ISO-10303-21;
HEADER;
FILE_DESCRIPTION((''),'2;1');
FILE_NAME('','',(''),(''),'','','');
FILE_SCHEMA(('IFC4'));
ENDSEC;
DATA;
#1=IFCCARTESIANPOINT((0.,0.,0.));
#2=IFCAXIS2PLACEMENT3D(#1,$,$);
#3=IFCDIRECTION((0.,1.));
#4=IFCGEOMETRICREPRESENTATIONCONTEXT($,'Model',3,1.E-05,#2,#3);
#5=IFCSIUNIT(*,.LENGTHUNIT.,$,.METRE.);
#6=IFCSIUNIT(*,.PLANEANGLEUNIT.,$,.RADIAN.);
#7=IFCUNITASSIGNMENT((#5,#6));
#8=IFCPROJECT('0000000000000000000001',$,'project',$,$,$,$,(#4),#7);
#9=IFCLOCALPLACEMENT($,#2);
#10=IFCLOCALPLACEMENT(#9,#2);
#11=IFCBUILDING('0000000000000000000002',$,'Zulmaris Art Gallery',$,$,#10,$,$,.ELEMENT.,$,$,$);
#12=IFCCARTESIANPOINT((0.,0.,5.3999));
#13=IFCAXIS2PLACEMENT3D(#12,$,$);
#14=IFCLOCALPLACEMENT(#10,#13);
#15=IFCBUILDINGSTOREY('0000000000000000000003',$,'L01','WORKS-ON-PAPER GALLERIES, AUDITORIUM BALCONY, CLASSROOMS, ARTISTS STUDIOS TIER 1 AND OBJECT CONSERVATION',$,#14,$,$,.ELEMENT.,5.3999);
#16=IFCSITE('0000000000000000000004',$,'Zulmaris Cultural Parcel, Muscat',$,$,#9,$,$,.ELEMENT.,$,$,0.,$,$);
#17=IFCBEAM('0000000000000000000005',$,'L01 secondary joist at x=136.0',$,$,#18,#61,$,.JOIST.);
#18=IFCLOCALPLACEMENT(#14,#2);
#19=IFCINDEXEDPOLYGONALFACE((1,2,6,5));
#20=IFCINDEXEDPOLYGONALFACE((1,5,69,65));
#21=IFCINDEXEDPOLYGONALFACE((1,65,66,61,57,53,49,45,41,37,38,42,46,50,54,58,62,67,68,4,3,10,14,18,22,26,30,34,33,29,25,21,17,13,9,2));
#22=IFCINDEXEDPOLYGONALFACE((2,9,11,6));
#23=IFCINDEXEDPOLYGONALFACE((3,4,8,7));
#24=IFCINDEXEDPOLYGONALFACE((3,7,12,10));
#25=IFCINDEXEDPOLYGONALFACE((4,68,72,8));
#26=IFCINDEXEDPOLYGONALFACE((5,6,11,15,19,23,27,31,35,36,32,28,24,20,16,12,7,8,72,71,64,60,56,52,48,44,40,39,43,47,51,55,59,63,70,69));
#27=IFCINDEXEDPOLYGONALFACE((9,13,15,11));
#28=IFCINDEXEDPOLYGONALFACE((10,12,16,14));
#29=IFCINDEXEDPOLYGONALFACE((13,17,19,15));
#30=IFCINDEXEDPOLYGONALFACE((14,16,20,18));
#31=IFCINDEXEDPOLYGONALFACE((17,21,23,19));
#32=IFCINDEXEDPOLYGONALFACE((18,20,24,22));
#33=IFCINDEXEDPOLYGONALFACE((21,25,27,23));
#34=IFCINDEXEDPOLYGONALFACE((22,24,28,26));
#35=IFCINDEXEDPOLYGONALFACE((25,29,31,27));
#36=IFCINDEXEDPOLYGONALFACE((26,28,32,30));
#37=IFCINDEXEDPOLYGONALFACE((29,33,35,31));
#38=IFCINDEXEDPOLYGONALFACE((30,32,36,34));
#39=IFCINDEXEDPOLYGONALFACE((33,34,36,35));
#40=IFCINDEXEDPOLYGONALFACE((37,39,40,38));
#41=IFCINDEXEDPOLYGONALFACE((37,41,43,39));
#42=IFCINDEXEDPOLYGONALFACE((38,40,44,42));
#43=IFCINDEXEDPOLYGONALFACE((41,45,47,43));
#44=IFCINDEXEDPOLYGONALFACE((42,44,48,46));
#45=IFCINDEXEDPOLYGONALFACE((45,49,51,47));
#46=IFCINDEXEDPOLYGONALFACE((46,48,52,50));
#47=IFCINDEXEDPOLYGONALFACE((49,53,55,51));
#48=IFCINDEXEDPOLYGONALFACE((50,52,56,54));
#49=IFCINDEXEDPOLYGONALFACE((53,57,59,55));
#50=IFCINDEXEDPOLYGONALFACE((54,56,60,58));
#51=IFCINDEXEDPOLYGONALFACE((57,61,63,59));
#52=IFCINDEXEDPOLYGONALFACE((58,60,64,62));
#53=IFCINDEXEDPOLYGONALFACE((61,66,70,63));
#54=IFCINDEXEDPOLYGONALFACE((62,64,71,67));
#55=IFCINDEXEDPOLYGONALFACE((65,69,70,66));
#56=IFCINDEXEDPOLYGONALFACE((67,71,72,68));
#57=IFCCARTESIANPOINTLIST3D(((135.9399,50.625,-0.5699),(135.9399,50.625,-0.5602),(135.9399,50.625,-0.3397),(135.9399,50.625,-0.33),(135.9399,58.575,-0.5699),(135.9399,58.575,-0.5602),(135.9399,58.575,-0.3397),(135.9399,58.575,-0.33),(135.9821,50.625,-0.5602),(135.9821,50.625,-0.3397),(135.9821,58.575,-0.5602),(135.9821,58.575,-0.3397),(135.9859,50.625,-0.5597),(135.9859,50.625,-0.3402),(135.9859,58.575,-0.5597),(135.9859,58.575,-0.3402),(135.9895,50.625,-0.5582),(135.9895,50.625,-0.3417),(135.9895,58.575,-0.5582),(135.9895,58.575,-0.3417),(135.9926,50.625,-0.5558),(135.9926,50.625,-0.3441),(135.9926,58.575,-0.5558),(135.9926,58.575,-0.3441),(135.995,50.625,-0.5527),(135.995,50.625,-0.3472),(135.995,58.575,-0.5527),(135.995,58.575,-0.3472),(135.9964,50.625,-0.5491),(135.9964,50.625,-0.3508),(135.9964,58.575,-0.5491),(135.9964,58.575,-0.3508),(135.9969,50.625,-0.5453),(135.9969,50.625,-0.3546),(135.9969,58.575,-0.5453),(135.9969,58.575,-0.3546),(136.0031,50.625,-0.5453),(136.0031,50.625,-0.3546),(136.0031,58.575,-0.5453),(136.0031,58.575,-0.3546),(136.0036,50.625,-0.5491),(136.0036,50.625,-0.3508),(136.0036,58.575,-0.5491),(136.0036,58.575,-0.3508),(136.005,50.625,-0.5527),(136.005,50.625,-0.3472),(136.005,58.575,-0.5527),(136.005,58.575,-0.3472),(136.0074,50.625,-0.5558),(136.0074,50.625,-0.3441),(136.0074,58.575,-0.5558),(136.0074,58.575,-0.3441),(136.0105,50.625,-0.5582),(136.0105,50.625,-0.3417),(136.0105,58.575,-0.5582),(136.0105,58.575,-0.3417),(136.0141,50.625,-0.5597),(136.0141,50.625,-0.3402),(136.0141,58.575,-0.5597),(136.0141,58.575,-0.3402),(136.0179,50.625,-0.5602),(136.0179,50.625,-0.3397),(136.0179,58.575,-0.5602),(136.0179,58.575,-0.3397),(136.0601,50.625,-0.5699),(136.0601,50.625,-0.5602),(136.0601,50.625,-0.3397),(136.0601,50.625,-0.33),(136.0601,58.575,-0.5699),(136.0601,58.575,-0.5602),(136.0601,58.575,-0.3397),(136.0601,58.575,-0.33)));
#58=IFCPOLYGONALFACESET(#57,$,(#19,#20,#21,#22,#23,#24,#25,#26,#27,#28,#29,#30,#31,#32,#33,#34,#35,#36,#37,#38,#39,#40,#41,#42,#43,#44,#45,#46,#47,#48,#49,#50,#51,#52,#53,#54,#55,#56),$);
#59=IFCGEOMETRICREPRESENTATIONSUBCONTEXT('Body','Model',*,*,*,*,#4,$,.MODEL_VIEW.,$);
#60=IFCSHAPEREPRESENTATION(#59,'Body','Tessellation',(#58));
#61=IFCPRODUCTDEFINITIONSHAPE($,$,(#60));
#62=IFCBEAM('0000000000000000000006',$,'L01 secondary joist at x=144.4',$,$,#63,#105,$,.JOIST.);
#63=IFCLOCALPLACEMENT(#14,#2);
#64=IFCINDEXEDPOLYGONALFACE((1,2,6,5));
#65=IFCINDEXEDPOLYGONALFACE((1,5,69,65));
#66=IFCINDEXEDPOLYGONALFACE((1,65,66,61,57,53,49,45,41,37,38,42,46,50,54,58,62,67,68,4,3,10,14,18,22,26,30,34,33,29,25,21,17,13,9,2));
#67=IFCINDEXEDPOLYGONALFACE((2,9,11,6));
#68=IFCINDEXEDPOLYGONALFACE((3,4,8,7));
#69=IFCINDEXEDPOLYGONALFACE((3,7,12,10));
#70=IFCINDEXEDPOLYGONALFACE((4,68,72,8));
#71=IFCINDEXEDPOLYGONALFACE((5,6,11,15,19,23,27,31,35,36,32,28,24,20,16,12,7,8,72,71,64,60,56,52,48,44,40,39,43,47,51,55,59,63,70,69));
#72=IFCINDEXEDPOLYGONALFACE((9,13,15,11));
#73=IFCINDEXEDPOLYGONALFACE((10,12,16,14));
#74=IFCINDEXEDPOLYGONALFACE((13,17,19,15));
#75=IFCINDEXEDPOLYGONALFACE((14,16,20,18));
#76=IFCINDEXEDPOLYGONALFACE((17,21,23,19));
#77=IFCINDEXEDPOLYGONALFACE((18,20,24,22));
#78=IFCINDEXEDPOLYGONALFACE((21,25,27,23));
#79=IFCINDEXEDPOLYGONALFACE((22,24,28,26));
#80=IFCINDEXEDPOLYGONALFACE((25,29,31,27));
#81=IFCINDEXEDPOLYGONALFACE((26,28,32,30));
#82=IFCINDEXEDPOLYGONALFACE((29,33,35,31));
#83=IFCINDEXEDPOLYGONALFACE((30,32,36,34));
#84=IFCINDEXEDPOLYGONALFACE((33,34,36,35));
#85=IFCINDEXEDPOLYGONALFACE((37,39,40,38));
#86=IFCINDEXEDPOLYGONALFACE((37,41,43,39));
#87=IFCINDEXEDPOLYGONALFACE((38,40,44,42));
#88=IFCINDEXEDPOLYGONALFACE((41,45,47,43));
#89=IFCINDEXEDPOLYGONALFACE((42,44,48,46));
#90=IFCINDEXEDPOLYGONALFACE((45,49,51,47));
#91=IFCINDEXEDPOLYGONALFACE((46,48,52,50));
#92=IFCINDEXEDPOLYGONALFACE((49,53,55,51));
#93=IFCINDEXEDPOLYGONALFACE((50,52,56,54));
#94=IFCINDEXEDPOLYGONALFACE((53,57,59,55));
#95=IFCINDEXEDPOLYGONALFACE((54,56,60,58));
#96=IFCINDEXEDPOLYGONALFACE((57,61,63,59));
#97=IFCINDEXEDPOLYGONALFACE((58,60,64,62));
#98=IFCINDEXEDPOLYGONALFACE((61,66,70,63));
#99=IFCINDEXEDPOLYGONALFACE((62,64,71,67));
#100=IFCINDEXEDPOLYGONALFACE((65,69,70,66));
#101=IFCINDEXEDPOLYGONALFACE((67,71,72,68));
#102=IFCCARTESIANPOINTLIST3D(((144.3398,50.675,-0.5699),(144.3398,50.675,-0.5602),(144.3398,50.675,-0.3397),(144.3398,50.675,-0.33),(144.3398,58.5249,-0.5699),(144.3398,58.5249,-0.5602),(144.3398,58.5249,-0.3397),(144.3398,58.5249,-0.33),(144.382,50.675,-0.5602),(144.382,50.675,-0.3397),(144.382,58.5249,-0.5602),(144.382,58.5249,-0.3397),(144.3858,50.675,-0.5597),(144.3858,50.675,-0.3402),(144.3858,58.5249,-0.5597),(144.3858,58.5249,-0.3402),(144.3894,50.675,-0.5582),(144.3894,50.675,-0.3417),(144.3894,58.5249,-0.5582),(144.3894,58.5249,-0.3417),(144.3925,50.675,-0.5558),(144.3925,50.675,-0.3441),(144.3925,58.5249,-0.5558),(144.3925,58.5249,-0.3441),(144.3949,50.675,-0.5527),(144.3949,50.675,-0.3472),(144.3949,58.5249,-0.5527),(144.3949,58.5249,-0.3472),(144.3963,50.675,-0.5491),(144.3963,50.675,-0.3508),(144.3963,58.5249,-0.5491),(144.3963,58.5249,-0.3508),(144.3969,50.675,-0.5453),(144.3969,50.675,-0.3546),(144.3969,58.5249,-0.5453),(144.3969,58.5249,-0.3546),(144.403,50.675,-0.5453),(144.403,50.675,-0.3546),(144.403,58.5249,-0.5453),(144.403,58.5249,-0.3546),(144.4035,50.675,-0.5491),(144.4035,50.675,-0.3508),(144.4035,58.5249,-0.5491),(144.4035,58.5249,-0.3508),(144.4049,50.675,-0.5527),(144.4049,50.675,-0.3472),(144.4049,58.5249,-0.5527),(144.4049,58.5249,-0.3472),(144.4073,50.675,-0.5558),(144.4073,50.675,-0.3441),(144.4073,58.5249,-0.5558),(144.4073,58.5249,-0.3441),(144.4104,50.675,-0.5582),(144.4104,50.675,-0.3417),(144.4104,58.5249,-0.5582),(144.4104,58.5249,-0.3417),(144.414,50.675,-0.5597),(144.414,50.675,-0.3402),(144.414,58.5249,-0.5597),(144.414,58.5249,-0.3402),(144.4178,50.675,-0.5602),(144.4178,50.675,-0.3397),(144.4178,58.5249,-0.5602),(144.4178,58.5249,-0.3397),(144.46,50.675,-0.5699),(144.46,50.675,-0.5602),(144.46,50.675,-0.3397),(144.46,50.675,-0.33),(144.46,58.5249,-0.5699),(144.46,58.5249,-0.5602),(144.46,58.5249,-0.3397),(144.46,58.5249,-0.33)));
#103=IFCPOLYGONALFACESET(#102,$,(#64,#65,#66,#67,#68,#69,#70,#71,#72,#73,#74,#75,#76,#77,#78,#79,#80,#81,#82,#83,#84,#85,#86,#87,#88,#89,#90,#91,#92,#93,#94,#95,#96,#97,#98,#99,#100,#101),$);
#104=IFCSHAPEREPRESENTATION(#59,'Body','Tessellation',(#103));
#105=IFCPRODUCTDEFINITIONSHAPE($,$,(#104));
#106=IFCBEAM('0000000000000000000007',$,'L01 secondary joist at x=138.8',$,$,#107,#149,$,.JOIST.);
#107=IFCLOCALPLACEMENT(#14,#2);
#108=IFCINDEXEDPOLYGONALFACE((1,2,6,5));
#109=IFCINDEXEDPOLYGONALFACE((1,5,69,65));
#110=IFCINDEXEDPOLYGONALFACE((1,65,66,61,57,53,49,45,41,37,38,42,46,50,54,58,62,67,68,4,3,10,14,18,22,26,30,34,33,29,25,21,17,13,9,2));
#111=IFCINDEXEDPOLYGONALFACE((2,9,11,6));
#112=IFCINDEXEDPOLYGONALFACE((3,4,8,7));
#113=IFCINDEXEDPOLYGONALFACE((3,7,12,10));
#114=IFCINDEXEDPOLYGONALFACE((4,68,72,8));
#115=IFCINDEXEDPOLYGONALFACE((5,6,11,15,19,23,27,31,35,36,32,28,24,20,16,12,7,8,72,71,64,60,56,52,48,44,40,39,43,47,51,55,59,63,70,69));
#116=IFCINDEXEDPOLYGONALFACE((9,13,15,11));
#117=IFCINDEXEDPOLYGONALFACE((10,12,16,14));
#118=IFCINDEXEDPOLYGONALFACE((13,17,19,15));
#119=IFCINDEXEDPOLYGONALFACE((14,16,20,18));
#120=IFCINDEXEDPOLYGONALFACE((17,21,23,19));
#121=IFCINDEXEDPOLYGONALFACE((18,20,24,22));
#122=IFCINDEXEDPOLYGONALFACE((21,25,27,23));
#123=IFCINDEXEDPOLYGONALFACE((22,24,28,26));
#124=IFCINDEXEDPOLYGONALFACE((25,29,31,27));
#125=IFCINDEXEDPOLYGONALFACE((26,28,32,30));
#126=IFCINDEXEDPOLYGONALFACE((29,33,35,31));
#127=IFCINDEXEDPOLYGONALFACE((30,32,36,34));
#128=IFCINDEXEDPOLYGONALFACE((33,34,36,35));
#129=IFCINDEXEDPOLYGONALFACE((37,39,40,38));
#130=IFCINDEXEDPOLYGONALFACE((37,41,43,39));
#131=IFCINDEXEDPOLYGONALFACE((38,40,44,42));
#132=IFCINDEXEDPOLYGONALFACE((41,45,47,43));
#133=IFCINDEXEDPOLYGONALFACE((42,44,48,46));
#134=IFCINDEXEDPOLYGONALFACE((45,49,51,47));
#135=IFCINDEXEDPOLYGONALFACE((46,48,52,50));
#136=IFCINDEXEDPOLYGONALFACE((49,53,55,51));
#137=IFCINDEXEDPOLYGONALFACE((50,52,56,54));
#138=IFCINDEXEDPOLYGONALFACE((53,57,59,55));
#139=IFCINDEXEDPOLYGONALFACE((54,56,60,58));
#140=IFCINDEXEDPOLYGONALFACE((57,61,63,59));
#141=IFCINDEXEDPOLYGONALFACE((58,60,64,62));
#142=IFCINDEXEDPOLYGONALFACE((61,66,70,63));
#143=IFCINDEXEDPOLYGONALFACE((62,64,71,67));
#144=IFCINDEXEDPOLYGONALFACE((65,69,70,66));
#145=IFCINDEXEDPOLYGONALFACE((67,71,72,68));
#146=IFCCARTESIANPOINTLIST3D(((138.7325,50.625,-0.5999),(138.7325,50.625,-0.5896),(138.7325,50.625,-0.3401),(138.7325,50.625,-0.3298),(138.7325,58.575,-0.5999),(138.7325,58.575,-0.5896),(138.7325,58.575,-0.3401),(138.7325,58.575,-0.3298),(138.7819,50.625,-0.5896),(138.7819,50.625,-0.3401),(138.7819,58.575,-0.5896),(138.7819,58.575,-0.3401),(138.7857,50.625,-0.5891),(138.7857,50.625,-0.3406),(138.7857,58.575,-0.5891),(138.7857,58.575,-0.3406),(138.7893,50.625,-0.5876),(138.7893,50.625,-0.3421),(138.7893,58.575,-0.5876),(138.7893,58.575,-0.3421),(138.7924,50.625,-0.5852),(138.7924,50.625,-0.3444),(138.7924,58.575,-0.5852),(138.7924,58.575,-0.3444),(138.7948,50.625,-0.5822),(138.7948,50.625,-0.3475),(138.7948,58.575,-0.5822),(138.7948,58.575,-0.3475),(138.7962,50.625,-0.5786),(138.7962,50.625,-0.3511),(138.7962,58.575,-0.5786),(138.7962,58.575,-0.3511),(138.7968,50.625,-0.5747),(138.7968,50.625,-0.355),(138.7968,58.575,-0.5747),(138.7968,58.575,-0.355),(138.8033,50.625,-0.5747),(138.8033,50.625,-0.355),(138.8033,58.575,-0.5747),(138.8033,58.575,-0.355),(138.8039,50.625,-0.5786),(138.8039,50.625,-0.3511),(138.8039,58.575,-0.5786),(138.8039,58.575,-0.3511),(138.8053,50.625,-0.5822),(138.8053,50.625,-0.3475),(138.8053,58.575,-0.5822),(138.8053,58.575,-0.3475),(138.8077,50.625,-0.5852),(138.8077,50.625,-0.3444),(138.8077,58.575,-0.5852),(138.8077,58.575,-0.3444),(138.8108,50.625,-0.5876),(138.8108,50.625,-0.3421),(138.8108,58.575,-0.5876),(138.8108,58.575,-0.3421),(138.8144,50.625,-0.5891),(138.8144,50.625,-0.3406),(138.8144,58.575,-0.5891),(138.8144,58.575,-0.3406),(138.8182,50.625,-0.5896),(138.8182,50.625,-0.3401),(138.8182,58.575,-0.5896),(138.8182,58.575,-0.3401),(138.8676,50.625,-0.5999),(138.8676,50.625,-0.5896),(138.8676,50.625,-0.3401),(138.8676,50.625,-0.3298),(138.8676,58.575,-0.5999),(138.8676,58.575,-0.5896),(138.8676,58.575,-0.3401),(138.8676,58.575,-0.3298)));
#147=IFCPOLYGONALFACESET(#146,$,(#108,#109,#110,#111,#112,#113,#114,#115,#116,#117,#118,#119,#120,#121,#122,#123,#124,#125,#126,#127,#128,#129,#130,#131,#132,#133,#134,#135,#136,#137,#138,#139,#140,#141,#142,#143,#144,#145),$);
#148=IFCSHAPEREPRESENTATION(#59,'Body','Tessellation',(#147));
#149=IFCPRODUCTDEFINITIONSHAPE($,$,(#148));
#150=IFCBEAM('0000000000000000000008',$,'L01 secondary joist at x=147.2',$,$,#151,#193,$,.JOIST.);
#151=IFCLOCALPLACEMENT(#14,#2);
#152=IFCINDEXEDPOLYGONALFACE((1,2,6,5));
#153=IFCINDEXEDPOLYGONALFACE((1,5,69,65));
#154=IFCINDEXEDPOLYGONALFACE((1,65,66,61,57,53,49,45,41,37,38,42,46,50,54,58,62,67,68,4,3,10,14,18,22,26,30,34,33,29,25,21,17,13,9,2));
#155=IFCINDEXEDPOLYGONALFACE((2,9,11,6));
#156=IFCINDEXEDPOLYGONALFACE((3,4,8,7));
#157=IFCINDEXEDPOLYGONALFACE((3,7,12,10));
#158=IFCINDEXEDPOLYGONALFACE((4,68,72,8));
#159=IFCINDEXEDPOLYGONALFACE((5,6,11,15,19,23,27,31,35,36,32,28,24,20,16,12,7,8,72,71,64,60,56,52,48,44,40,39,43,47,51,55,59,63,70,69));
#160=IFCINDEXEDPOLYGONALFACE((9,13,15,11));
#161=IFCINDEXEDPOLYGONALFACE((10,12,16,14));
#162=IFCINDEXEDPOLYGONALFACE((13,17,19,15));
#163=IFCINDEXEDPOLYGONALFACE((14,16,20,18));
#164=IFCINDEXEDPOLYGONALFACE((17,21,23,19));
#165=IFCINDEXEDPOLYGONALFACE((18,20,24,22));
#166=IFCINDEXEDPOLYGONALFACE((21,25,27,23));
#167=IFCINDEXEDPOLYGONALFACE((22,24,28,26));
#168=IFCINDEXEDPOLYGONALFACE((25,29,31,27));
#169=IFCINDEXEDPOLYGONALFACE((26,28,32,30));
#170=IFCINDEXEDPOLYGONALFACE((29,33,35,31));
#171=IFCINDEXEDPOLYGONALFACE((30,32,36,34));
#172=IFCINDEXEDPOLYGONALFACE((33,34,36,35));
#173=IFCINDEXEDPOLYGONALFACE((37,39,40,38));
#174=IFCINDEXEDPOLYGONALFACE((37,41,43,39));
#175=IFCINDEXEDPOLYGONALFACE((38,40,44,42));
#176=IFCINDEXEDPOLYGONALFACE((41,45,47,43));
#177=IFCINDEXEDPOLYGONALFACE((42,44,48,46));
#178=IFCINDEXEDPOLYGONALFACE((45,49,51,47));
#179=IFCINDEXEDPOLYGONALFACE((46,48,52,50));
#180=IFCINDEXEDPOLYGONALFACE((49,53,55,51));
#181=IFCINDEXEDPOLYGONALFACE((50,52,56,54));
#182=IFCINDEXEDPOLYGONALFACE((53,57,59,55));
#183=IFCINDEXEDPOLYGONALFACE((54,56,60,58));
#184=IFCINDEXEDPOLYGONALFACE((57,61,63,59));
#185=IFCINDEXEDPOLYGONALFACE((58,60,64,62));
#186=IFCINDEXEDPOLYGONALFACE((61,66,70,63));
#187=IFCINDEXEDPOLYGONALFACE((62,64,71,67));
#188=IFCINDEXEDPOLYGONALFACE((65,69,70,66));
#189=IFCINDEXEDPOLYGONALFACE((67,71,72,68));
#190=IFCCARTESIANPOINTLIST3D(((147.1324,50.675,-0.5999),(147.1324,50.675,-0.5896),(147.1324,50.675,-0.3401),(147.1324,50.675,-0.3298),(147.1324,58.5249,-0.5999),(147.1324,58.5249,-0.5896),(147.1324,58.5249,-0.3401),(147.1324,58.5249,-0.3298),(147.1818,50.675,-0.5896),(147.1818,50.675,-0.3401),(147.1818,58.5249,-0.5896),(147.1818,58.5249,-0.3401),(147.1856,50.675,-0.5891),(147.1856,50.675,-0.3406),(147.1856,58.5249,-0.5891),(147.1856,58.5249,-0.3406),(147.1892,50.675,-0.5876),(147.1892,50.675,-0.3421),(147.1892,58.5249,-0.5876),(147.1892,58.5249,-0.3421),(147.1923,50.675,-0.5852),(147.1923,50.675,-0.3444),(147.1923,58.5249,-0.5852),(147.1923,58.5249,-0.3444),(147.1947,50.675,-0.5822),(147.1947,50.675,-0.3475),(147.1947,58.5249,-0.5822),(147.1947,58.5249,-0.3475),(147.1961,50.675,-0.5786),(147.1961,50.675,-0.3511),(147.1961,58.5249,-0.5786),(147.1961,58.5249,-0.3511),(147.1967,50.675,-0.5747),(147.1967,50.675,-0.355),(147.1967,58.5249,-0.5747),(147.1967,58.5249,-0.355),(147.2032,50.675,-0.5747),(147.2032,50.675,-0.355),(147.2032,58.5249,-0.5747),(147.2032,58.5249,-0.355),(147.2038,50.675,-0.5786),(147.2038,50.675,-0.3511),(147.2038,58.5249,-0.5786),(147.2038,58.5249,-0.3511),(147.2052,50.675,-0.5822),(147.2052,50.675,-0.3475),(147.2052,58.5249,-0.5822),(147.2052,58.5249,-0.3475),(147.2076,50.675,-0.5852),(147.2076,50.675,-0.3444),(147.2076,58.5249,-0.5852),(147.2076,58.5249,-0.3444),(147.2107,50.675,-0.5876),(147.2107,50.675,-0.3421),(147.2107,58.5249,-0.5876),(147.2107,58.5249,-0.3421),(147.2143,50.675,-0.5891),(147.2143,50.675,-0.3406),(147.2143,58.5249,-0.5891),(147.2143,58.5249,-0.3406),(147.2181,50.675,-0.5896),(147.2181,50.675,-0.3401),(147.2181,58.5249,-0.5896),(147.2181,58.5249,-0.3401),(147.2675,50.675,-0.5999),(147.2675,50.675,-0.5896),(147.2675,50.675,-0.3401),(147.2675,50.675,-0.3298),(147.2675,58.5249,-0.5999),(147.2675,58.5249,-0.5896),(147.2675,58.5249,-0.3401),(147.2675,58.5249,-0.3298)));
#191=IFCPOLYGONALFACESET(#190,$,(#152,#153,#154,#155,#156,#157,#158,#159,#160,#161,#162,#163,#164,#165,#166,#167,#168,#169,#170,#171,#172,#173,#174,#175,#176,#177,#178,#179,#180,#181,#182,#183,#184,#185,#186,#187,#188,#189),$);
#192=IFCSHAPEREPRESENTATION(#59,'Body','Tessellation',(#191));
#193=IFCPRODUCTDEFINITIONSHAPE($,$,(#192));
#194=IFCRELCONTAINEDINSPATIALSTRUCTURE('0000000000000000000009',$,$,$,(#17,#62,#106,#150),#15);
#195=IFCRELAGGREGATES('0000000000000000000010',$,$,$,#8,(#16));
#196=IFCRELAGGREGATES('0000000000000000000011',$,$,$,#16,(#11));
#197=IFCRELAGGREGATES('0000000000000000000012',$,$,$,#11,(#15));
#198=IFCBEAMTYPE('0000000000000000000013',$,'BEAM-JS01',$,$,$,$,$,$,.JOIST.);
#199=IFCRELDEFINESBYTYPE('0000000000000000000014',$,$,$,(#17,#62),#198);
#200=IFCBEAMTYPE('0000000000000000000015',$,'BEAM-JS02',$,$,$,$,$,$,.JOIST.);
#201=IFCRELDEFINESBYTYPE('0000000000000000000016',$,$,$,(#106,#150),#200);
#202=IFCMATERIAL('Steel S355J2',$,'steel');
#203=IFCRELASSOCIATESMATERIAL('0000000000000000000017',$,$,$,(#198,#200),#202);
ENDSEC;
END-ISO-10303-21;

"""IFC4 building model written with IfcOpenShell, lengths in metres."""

from ifc_helpers import new_model, si_unit, direction, frame, origin, origin_2d, place, context, subcontext, project, spatial, i_section, extrude, material, material_profile, profile_set, type_object, element, save


model = new_model("IFC4")

# Units and contexts
model_context = context("Model", 3, precision=1e-05, world=origin(), true_north=direction((0.0, 1.0)))
body_context = subcontext(model_context, "Body", "Model", "MODEL_VIEW")
ifc_project = project(units=[si_unit("LENGTHUNIT", "METRE"), si_unit("PLANEANGLEUNIT", "RADIAN")], contexts=[model_context])

# Site, building, storey
site_placement = place(None, origin())
site = spatial("IfcSite", under=ifc_project, at=site_placement, Name="Zulmaris Cultural Parcel, Muscat", CompositionType="ELEMENT", RefElevation=0.0)
building_placement = place(site_placement, origin())
building = spatial("IfcBuilding", under=site, at=building_placement, Name="Zulmaris Art Gallery", CompositionType="ELEMENT")
storey_placement = place(building_placement, frame((0.0, 0.0, 5.3999)))
storey = spatial("IfcBuildingStorey", under=building, at=storey_placement, Name="L01", Description="WORKS-ON-PAPER GALLERIES, AUDITORIUM BALCONY, CLASSROOMS, ARTISTS STUDIOS TIER 1 AND OBJECT CONSERVATION", CompositionType="ELEMENT", Elevation=5.3999)

# Beams
ifc_material_1 = material(Name="Steel S355J2", Category="steel")
ifc_material_profile_1 = material_profile(ifc_material_1, i_section(OverallWidth=0.1201, OverallDepth=0.24, WebThickness=0.0061, FlangeThickness=0.0098, FilletRadius=0.0149, at=origin_2d()), Name="IPE 240")
ifc_profile_set_1 = profile_set([ifc_material_profile_1], Name="Steel S355J2")
beam_type_1 = type_object("IfcBeamType", Name="BEAM-JS01", PredefinedType="JOIST", material=ifc_profile_set_1)
beam_1_placement = place(storey_placement, frame((136.0, 50.625, -0.45), z_axis=(0.0, 1.0, 0.0), x_axis=(-1.0, 0.0, 0.0)))
element("IfcBeam", 1, at=beam_1_placement, inside=storey, type_object=beam_type_1, Name="L01 secondary joist at x=136.0", PredefinedType="JOIST", context=body_context, shape_type="SweptSolid", body=[
    extrude(i_section(OverallWidth=0.1201, OverallDepth=0.24, WebThickness=0.0061, FlangeThickness=0.0098, FilletRadius=0.0149, at=origin_2d()), origin(), (0.0, 0.0, 1.0), 7.95),
])
beam_2_placement = place(storey_placement, frame((144.3999, 50.675, -0.45), z_axis=(0.0, 1.0, 0.0), x_axis=(-1.0, 0.0, 0.0)))
element("IfcBeam", 2, at=beam_2_placement, inside=storey, type_object=beam_type_1, Name="L01 secondary joist at x=144.4", PredefinedType="JOIST", context=body_context, shape_type="SweptSolid", body=[
    extrude(i_section(OverallWidth=0.1201, OverallDepth=0.24, WebThickness=0.0061, FlangeThickness=0.0098, FilletRadius=0.0149, at=origin_2d()), origin(), (0.0, 0.0, 1.0), 7.8499),
])
ifc_material_profile_2 = material_profile(ifc_material_1, i_section(OverallWidth=0.135, OverallDepth=0.27, WebThickness=0.0066, FlangeThickness=0.0103, FilletRadius=0.0149, at=origin_2d()), Name="IPE 270")
ifc_profile_set_2 = profile_set([ifc_material_profile_2], Name="Steel S355J2")
beam_type_2 = type_object("IfcBeamType", Name="BEAM-JS02", PredefinedType="JOIST", material=ifc_profile_set_2)
beam_3_placement = place(storey_placement, frame((138.8, 50.625, -0.4648), z_axis=(0.0, 1.0, 0.0), x_axis=(-1.0, 0.0, 0.0)))
element("IfcBeam", 3, at=beam_3_placement, inside=storey, type_object=beam_type_2, Name="L01 secondary joist at x=138.8", PredefinedType="JOIST", context=body_context, shape_type="SweptSolid", body=[
    extrude(i_section(OverallWidth=0.135, OverallDepth=0.27, WebThickness=0.0066, FlangeThickness=0.0103, FilletRadius=0.0149, at=origin_2d()), origin(), (0.0, 0.0, 1.0), 7.95),
])
beam_4_placement = place(storey_placement, frame((147.2, 50.675, -0.4648), z_axis=(0.0, 1.0, 0.0), x_axis=(-1.0, 0.0, 0.0)))
element("IfcBeam", 4, at=beam_4_placement, inside=storey, type_object=beam_type_2, Name="L01 secondary joist at x=147.2", PredefinedType="JOIST", context=body_context, shape_type="SweptSolid", body=[
    extrude(i_section(OverallWidth=0.135, OverallDepth=0.27, WebThickness=0.0066, FlangeThickness=0.0103, FilletRadius=0.0149, at=origin_2d()), origin(), (0.0, 0.0, 1.0), 7.8499),
])

save(model, "model.ifc")
